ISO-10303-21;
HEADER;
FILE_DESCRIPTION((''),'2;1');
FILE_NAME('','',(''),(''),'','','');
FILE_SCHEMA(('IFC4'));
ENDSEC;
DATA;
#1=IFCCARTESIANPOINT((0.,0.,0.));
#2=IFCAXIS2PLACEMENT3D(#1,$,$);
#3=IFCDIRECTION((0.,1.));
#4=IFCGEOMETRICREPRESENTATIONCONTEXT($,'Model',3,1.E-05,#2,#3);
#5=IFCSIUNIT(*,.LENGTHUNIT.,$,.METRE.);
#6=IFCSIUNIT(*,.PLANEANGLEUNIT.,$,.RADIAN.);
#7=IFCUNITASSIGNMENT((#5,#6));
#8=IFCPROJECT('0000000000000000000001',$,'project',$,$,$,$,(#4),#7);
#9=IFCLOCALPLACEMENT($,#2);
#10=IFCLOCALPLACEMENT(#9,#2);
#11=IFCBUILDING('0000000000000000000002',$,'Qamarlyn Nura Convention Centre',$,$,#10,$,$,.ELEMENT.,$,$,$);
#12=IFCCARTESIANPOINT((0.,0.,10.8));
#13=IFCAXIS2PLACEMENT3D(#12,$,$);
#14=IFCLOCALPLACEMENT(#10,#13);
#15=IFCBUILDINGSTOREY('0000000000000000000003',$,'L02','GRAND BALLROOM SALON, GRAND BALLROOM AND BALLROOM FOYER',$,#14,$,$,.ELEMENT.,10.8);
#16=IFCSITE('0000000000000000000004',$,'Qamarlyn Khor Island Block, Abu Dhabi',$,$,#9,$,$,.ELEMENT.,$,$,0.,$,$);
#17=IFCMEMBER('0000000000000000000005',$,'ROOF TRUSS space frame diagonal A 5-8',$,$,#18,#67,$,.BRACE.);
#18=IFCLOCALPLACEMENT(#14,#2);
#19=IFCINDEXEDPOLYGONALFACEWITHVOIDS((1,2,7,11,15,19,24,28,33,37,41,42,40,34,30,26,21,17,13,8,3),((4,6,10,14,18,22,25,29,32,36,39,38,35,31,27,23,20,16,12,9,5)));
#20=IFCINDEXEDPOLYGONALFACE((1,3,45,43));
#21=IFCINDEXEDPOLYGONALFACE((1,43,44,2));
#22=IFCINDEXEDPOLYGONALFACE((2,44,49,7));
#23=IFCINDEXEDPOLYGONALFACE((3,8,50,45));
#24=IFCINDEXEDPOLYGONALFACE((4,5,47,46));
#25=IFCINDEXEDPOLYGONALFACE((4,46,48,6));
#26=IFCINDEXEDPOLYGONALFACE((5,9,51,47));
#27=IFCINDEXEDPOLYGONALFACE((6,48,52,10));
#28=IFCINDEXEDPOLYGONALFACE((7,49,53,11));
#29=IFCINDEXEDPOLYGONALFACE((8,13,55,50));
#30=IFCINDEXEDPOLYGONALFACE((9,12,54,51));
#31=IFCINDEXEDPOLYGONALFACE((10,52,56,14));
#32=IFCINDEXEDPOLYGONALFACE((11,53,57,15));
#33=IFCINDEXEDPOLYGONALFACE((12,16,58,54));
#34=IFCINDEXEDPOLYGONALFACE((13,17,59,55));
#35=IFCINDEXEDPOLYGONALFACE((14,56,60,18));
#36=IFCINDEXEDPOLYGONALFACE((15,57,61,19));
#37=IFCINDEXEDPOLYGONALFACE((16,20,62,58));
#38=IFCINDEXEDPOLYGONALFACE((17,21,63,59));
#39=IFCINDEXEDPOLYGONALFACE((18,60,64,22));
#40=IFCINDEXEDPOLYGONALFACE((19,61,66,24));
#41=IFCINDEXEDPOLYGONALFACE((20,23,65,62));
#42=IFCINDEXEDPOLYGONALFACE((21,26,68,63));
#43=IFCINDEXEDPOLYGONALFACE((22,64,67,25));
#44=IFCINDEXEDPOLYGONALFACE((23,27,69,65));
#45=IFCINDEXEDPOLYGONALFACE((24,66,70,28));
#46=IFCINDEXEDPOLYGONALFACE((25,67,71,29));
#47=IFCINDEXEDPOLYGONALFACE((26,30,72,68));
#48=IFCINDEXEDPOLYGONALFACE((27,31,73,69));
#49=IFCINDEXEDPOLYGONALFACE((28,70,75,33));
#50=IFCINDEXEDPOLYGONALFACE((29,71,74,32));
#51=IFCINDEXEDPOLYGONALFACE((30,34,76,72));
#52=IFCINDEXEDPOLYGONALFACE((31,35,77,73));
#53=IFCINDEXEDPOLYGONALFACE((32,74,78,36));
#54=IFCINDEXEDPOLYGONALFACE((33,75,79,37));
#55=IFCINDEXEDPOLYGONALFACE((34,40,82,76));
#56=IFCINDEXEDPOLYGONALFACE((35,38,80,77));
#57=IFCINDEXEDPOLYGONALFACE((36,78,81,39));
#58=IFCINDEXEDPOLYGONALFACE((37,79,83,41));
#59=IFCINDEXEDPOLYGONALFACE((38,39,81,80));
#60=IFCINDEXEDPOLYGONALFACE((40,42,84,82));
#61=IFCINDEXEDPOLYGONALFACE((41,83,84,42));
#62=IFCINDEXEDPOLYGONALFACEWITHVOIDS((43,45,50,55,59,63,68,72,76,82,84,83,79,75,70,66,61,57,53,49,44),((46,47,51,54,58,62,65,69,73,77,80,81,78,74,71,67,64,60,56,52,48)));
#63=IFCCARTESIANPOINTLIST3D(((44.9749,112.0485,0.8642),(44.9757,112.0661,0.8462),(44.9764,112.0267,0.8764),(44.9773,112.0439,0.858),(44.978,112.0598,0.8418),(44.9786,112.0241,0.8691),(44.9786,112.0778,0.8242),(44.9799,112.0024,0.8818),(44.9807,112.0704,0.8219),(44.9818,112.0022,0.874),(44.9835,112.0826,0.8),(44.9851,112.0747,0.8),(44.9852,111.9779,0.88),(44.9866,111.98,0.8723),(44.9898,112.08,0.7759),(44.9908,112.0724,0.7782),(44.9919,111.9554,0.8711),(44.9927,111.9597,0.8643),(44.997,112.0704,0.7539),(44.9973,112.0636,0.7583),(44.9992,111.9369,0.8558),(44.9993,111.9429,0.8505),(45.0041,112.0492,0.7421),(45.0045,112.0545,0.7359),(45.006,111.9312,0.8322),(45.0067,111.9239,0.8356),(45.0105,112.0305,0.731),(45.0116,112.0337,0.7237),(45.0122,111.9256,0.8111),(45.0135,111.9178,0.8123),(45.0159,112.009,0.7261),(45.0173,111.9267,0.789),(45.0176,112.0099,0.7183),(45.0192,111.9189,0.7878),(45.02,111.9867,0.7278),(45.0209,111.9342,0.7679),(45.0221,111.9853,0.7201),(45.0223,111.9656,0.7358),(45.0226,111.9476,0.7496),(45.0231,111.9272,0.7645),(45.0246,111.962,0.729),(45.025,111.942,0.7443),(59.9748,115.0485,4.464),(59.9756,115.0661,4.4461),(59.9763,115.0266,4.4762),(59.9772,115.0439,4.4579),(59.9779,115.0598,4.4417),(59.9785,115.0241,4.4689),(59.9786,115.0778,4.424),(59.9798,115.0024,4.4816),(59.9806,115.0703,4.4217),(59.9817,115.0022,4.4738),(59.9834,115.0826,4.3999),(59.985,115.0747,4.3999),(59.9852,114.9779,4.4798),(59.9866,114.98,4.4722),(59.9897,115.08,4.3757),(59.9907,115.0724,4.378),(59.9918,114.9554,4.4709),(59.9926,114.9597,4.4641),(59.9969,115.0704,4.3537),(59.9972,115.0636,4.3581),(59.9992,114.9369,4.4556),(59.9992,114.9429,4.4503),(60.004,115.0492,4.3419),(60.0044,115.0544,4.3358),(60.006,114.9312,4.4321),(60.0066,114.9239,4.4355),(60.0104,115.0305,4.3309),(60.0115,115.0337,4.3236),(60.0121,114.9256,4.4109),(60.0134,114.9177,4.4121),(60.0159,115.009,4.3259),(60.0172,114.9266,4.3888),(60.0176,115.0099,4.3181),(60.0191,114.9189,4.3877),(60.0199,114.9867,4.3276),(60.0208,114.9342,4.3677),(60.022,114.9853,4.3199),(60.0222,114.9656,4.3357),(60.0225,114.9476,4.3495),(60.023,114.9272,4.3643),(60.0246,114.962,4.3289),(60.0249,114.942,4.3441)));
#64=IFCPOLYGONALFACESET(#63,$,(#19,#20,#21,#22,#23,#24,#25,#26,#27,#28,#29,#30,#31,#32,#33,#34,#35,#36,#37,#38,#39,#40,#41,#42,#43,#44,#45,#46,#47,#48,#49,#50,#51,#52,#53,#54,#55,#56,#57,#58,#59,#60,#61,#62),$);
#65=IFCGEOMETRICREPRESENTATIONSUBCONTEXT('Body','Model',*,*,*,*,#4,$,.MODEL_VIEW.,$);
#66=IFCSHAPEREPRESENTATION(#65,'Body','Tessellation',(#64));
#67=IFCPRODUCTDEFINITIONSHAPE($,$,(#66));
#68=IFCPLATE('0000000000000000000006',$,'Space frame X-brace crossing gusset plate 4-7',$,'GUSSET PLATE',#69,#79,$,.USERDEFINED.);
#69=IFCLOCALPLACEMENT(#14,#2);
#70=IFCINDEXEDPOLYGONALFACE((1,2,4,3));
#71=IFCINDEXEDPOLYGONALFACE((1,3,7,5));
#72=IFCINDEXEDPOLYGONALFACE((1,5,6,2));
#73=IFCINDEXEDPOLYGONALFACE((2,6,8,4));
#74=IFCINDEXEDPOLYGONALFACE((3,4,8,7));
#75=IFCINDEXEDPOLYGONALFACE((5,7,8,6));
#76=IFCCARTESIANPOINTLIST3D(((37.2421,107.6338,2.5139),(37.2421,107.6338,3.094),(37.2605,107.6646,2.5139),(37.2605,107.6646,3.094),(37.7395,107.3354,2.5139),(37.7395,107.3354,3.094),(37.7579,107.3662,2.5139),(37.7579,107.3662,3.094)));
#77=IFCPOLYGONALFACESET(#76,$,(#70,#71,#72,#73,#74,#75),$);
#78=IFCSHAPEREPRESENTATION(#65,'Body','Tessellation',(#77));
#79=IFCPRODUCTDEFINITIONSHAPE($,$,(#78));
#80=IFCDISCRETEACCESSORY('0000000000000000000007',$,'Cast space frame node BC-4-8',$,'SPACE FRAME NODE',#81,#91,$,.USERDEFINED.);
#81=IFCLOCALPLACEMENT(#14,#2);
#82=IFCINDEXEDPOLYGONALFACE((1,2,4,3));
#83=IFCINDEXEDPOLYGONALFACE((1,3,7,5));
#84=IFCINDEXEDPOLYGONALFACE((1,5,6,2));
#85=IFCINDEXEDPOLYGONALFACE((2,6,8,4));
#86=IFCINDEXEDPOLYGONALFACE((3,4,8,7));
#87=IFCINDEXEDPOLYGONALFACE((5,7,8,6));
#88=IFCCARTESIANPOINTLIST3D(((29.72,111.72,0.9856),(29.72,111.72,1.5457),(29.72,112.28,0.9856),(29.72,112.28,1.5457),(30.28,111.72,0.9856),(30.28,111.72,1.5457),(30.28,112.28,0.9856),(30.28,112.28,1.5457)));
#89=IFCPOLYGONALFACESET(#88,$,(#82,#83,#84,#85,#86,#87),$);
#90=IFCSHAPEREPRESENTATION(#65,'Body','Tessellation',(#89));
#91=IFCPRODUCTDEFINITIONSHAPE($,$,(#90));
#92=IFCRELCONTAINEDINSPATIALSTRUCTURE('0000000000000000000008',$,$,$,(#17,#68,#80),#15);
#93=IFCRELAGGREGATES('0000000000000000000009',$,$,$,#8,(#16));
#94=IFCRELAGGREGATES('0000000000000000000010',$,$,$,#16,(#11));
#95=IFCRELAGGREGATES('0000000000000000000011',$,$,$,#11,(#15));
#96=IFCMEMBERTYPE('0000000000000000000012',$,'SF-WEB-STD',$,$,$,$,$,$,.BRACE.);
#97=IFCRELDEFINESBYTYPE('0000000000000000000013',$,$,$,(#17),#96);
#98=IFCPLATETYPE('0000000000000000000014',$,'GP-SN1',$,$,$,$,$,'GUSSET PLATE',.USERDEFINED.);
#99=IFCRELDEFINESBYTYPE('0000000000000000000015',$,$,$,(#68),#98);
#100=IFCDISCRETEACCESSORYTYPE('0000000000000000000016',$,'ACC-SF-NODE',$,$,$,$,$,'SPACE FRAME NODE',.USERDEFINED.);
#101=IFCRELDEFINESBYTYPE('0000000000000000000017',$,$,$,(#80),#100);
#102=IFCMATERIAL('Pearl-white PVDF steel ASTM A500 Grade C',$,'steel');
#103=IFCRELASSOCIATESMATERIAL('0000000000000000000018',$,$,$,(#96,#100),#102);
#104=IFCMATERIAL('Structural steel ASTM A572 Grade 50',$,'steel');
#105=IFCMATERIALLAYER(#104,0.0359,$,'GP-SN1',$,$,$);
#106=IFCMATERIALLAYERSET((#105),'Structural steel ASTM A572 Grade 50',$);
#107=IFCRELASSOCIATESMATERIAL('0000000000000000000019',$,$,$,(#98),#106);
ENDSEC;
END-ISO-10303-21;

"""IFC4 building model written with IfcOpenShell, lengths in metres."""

from ifc_helpers import new_model, si_unit, direction, frame, origin, origin_2d, place, context, subcontext, project, spatial, rectangle, hollow_circle, extrude, material, layer, layer_set, material_profile, profile_set, type_object, element, save


model = new_model("IFC4")

# Units and contexts
model_context = context("Model", 3, precision=1e-05, world=origin(), true_north=direction((0.0, 1.0)))
body_context = subcontext(model_context, "Body", "Model", "MODEL_VIEW")
ifc_project = project(units=[si_unit("LENGTHUNIT", "METRE"), si_unit("PLANEANGLEUNIT", "RADIAN")], contexts=[model_context])

# Site, building, storey
site_placement = place(None, origin())
site = spatial("IfcSite", under=ifc_project, at=site_placement, Name="Qamarlyn Khor Island Block, Abu Dhabi", CompositionType="ELEMENT", RefElevation=0.0)
building_placement = place(site_placement, origin())
building = spatial("IfcBuilding", under=site, at=building_placement, Name="Qamarlyn Nura Convention Centre", CompositionType="ELEMENT")
storey_placement = place(building_placement, frame((0.0, 0.0, 10.8)))
storey = spatial("IfcBuildingStorey", under=building, at=storey_placement, Name="L02", Description="GRAND BALLROOM SALON, GRAND BALLROOM AND BALLROOM FOYER", CompositionType="ELEMENT", Elevation=10.8)

# Member
ifc_material_1 = material(Name="Pearl-white PVDF steel ASTM A500 Grade C", Category="steel")
ifc_material_profile_1 = material_profile(ifc_material_1, hollow_circle(Radius=0.0842, WallThickness=0.0081, at=origin_2d()), Name="CHS168.3X8")
ifc_profile_set_1 = profile_set([ifc_material_profile_1], Name="Pearl-white PVDF steel ASTM A500 Grade C")
member_type_1 = type_object("IfcMemberType", Name="SF-WEB-STD", PredefinedType="BRACE", material=ifc_profile_set_1)
member_1_placement = place(storey_placement, frame((45.0, 112.0, 0.8), z_axis=(0.954506, 0.190901, 0.229072), x_axis=(-0.196116, 0.980581, 0.0)))
element("IfcMember", 1, at=member_1_placement, inside=storey, type_object=member_type_1, Name="ROOF TRUSS space frame diagonal A 5-8", PredefinedType="BRACE", context=body_context, shape_type="SweptSolid", body=[
    extrude(hollow_circle(Radius=0.0842, WallThickness=0.0081, at=origin_2d()), origin(), (0.0, 0.0, 1.0), 15.7148),
])

# Plate
ifc_material_2 = material(Name="Structural steel ASTM A572 Grade 50", Category="steel")
ifc_layer = layer(ifc_material_2, 0.0359, Name="GP-SN1")
ifc_layer_set = layer_set([ifc_layer], Name="Structural steel ASTM A572 Grade 50")
plate_type = type_object("IfcPlateType", Name="GP-SN1", ElementType="GUSSET PLATE", PredefinedType="USERDEFINED", material=ifc_layer_set)
plate_placement = place(storey_placement, frame((37.5, 107.5, 2.5139), z_axis=(0.0, 0.0, 1.0), x_axis=(-0.857493, 0.514496, 0.0)))
element("IfcPlate", 2, at=plate_placement, inside=storey, type_object=plate_type, Name="Space frame X-brace crossing gusset plate 4-7", ObjectType="GUSSET PLATE", PredefinedType="USERDEFINED", context=body_context, shape_type="SweptSolid", body=[
    extrude(rectangle(XDim=0.5801, YDim=0.0359, at=origin_2d()), origin(), (0.0, 0.0, 1.0), 0.5801),
])

# Discrete accessory
discrete_accessory_type = type_object("IfcDiscreteAccessoryType", Name="ACC-SF-NODE", ElementType="SPACE FRAME NODE", PredefinedType="USERDEFINED", material=ifc_material_1)
discrete_accessory_placement = place(storey_placement, frame((30.0, 112.0, 0.9856), z_axis=(0.0, 0.0, 1.0), x_axis=(1.0, 0.0, 0.0)))
element("IfcDiscreteAccessory", 3, at=discrete_accessory_placement, inside=storey, type_object=discrete_accessory_type, Name="Cast space frame node BC-4-8", ObjectType="SPACE FRAME NODE", PredefinedType="USERDEFINED", context=body_context, shape_type="SweptSolid", body=[
    extrude(rectangle(XDim=0.5601, YDim=0.5601, at=origin_2d()), origin(), (0.0, 0.0, 1.0), 0.5601),
])

save(model, "model.ifc")
